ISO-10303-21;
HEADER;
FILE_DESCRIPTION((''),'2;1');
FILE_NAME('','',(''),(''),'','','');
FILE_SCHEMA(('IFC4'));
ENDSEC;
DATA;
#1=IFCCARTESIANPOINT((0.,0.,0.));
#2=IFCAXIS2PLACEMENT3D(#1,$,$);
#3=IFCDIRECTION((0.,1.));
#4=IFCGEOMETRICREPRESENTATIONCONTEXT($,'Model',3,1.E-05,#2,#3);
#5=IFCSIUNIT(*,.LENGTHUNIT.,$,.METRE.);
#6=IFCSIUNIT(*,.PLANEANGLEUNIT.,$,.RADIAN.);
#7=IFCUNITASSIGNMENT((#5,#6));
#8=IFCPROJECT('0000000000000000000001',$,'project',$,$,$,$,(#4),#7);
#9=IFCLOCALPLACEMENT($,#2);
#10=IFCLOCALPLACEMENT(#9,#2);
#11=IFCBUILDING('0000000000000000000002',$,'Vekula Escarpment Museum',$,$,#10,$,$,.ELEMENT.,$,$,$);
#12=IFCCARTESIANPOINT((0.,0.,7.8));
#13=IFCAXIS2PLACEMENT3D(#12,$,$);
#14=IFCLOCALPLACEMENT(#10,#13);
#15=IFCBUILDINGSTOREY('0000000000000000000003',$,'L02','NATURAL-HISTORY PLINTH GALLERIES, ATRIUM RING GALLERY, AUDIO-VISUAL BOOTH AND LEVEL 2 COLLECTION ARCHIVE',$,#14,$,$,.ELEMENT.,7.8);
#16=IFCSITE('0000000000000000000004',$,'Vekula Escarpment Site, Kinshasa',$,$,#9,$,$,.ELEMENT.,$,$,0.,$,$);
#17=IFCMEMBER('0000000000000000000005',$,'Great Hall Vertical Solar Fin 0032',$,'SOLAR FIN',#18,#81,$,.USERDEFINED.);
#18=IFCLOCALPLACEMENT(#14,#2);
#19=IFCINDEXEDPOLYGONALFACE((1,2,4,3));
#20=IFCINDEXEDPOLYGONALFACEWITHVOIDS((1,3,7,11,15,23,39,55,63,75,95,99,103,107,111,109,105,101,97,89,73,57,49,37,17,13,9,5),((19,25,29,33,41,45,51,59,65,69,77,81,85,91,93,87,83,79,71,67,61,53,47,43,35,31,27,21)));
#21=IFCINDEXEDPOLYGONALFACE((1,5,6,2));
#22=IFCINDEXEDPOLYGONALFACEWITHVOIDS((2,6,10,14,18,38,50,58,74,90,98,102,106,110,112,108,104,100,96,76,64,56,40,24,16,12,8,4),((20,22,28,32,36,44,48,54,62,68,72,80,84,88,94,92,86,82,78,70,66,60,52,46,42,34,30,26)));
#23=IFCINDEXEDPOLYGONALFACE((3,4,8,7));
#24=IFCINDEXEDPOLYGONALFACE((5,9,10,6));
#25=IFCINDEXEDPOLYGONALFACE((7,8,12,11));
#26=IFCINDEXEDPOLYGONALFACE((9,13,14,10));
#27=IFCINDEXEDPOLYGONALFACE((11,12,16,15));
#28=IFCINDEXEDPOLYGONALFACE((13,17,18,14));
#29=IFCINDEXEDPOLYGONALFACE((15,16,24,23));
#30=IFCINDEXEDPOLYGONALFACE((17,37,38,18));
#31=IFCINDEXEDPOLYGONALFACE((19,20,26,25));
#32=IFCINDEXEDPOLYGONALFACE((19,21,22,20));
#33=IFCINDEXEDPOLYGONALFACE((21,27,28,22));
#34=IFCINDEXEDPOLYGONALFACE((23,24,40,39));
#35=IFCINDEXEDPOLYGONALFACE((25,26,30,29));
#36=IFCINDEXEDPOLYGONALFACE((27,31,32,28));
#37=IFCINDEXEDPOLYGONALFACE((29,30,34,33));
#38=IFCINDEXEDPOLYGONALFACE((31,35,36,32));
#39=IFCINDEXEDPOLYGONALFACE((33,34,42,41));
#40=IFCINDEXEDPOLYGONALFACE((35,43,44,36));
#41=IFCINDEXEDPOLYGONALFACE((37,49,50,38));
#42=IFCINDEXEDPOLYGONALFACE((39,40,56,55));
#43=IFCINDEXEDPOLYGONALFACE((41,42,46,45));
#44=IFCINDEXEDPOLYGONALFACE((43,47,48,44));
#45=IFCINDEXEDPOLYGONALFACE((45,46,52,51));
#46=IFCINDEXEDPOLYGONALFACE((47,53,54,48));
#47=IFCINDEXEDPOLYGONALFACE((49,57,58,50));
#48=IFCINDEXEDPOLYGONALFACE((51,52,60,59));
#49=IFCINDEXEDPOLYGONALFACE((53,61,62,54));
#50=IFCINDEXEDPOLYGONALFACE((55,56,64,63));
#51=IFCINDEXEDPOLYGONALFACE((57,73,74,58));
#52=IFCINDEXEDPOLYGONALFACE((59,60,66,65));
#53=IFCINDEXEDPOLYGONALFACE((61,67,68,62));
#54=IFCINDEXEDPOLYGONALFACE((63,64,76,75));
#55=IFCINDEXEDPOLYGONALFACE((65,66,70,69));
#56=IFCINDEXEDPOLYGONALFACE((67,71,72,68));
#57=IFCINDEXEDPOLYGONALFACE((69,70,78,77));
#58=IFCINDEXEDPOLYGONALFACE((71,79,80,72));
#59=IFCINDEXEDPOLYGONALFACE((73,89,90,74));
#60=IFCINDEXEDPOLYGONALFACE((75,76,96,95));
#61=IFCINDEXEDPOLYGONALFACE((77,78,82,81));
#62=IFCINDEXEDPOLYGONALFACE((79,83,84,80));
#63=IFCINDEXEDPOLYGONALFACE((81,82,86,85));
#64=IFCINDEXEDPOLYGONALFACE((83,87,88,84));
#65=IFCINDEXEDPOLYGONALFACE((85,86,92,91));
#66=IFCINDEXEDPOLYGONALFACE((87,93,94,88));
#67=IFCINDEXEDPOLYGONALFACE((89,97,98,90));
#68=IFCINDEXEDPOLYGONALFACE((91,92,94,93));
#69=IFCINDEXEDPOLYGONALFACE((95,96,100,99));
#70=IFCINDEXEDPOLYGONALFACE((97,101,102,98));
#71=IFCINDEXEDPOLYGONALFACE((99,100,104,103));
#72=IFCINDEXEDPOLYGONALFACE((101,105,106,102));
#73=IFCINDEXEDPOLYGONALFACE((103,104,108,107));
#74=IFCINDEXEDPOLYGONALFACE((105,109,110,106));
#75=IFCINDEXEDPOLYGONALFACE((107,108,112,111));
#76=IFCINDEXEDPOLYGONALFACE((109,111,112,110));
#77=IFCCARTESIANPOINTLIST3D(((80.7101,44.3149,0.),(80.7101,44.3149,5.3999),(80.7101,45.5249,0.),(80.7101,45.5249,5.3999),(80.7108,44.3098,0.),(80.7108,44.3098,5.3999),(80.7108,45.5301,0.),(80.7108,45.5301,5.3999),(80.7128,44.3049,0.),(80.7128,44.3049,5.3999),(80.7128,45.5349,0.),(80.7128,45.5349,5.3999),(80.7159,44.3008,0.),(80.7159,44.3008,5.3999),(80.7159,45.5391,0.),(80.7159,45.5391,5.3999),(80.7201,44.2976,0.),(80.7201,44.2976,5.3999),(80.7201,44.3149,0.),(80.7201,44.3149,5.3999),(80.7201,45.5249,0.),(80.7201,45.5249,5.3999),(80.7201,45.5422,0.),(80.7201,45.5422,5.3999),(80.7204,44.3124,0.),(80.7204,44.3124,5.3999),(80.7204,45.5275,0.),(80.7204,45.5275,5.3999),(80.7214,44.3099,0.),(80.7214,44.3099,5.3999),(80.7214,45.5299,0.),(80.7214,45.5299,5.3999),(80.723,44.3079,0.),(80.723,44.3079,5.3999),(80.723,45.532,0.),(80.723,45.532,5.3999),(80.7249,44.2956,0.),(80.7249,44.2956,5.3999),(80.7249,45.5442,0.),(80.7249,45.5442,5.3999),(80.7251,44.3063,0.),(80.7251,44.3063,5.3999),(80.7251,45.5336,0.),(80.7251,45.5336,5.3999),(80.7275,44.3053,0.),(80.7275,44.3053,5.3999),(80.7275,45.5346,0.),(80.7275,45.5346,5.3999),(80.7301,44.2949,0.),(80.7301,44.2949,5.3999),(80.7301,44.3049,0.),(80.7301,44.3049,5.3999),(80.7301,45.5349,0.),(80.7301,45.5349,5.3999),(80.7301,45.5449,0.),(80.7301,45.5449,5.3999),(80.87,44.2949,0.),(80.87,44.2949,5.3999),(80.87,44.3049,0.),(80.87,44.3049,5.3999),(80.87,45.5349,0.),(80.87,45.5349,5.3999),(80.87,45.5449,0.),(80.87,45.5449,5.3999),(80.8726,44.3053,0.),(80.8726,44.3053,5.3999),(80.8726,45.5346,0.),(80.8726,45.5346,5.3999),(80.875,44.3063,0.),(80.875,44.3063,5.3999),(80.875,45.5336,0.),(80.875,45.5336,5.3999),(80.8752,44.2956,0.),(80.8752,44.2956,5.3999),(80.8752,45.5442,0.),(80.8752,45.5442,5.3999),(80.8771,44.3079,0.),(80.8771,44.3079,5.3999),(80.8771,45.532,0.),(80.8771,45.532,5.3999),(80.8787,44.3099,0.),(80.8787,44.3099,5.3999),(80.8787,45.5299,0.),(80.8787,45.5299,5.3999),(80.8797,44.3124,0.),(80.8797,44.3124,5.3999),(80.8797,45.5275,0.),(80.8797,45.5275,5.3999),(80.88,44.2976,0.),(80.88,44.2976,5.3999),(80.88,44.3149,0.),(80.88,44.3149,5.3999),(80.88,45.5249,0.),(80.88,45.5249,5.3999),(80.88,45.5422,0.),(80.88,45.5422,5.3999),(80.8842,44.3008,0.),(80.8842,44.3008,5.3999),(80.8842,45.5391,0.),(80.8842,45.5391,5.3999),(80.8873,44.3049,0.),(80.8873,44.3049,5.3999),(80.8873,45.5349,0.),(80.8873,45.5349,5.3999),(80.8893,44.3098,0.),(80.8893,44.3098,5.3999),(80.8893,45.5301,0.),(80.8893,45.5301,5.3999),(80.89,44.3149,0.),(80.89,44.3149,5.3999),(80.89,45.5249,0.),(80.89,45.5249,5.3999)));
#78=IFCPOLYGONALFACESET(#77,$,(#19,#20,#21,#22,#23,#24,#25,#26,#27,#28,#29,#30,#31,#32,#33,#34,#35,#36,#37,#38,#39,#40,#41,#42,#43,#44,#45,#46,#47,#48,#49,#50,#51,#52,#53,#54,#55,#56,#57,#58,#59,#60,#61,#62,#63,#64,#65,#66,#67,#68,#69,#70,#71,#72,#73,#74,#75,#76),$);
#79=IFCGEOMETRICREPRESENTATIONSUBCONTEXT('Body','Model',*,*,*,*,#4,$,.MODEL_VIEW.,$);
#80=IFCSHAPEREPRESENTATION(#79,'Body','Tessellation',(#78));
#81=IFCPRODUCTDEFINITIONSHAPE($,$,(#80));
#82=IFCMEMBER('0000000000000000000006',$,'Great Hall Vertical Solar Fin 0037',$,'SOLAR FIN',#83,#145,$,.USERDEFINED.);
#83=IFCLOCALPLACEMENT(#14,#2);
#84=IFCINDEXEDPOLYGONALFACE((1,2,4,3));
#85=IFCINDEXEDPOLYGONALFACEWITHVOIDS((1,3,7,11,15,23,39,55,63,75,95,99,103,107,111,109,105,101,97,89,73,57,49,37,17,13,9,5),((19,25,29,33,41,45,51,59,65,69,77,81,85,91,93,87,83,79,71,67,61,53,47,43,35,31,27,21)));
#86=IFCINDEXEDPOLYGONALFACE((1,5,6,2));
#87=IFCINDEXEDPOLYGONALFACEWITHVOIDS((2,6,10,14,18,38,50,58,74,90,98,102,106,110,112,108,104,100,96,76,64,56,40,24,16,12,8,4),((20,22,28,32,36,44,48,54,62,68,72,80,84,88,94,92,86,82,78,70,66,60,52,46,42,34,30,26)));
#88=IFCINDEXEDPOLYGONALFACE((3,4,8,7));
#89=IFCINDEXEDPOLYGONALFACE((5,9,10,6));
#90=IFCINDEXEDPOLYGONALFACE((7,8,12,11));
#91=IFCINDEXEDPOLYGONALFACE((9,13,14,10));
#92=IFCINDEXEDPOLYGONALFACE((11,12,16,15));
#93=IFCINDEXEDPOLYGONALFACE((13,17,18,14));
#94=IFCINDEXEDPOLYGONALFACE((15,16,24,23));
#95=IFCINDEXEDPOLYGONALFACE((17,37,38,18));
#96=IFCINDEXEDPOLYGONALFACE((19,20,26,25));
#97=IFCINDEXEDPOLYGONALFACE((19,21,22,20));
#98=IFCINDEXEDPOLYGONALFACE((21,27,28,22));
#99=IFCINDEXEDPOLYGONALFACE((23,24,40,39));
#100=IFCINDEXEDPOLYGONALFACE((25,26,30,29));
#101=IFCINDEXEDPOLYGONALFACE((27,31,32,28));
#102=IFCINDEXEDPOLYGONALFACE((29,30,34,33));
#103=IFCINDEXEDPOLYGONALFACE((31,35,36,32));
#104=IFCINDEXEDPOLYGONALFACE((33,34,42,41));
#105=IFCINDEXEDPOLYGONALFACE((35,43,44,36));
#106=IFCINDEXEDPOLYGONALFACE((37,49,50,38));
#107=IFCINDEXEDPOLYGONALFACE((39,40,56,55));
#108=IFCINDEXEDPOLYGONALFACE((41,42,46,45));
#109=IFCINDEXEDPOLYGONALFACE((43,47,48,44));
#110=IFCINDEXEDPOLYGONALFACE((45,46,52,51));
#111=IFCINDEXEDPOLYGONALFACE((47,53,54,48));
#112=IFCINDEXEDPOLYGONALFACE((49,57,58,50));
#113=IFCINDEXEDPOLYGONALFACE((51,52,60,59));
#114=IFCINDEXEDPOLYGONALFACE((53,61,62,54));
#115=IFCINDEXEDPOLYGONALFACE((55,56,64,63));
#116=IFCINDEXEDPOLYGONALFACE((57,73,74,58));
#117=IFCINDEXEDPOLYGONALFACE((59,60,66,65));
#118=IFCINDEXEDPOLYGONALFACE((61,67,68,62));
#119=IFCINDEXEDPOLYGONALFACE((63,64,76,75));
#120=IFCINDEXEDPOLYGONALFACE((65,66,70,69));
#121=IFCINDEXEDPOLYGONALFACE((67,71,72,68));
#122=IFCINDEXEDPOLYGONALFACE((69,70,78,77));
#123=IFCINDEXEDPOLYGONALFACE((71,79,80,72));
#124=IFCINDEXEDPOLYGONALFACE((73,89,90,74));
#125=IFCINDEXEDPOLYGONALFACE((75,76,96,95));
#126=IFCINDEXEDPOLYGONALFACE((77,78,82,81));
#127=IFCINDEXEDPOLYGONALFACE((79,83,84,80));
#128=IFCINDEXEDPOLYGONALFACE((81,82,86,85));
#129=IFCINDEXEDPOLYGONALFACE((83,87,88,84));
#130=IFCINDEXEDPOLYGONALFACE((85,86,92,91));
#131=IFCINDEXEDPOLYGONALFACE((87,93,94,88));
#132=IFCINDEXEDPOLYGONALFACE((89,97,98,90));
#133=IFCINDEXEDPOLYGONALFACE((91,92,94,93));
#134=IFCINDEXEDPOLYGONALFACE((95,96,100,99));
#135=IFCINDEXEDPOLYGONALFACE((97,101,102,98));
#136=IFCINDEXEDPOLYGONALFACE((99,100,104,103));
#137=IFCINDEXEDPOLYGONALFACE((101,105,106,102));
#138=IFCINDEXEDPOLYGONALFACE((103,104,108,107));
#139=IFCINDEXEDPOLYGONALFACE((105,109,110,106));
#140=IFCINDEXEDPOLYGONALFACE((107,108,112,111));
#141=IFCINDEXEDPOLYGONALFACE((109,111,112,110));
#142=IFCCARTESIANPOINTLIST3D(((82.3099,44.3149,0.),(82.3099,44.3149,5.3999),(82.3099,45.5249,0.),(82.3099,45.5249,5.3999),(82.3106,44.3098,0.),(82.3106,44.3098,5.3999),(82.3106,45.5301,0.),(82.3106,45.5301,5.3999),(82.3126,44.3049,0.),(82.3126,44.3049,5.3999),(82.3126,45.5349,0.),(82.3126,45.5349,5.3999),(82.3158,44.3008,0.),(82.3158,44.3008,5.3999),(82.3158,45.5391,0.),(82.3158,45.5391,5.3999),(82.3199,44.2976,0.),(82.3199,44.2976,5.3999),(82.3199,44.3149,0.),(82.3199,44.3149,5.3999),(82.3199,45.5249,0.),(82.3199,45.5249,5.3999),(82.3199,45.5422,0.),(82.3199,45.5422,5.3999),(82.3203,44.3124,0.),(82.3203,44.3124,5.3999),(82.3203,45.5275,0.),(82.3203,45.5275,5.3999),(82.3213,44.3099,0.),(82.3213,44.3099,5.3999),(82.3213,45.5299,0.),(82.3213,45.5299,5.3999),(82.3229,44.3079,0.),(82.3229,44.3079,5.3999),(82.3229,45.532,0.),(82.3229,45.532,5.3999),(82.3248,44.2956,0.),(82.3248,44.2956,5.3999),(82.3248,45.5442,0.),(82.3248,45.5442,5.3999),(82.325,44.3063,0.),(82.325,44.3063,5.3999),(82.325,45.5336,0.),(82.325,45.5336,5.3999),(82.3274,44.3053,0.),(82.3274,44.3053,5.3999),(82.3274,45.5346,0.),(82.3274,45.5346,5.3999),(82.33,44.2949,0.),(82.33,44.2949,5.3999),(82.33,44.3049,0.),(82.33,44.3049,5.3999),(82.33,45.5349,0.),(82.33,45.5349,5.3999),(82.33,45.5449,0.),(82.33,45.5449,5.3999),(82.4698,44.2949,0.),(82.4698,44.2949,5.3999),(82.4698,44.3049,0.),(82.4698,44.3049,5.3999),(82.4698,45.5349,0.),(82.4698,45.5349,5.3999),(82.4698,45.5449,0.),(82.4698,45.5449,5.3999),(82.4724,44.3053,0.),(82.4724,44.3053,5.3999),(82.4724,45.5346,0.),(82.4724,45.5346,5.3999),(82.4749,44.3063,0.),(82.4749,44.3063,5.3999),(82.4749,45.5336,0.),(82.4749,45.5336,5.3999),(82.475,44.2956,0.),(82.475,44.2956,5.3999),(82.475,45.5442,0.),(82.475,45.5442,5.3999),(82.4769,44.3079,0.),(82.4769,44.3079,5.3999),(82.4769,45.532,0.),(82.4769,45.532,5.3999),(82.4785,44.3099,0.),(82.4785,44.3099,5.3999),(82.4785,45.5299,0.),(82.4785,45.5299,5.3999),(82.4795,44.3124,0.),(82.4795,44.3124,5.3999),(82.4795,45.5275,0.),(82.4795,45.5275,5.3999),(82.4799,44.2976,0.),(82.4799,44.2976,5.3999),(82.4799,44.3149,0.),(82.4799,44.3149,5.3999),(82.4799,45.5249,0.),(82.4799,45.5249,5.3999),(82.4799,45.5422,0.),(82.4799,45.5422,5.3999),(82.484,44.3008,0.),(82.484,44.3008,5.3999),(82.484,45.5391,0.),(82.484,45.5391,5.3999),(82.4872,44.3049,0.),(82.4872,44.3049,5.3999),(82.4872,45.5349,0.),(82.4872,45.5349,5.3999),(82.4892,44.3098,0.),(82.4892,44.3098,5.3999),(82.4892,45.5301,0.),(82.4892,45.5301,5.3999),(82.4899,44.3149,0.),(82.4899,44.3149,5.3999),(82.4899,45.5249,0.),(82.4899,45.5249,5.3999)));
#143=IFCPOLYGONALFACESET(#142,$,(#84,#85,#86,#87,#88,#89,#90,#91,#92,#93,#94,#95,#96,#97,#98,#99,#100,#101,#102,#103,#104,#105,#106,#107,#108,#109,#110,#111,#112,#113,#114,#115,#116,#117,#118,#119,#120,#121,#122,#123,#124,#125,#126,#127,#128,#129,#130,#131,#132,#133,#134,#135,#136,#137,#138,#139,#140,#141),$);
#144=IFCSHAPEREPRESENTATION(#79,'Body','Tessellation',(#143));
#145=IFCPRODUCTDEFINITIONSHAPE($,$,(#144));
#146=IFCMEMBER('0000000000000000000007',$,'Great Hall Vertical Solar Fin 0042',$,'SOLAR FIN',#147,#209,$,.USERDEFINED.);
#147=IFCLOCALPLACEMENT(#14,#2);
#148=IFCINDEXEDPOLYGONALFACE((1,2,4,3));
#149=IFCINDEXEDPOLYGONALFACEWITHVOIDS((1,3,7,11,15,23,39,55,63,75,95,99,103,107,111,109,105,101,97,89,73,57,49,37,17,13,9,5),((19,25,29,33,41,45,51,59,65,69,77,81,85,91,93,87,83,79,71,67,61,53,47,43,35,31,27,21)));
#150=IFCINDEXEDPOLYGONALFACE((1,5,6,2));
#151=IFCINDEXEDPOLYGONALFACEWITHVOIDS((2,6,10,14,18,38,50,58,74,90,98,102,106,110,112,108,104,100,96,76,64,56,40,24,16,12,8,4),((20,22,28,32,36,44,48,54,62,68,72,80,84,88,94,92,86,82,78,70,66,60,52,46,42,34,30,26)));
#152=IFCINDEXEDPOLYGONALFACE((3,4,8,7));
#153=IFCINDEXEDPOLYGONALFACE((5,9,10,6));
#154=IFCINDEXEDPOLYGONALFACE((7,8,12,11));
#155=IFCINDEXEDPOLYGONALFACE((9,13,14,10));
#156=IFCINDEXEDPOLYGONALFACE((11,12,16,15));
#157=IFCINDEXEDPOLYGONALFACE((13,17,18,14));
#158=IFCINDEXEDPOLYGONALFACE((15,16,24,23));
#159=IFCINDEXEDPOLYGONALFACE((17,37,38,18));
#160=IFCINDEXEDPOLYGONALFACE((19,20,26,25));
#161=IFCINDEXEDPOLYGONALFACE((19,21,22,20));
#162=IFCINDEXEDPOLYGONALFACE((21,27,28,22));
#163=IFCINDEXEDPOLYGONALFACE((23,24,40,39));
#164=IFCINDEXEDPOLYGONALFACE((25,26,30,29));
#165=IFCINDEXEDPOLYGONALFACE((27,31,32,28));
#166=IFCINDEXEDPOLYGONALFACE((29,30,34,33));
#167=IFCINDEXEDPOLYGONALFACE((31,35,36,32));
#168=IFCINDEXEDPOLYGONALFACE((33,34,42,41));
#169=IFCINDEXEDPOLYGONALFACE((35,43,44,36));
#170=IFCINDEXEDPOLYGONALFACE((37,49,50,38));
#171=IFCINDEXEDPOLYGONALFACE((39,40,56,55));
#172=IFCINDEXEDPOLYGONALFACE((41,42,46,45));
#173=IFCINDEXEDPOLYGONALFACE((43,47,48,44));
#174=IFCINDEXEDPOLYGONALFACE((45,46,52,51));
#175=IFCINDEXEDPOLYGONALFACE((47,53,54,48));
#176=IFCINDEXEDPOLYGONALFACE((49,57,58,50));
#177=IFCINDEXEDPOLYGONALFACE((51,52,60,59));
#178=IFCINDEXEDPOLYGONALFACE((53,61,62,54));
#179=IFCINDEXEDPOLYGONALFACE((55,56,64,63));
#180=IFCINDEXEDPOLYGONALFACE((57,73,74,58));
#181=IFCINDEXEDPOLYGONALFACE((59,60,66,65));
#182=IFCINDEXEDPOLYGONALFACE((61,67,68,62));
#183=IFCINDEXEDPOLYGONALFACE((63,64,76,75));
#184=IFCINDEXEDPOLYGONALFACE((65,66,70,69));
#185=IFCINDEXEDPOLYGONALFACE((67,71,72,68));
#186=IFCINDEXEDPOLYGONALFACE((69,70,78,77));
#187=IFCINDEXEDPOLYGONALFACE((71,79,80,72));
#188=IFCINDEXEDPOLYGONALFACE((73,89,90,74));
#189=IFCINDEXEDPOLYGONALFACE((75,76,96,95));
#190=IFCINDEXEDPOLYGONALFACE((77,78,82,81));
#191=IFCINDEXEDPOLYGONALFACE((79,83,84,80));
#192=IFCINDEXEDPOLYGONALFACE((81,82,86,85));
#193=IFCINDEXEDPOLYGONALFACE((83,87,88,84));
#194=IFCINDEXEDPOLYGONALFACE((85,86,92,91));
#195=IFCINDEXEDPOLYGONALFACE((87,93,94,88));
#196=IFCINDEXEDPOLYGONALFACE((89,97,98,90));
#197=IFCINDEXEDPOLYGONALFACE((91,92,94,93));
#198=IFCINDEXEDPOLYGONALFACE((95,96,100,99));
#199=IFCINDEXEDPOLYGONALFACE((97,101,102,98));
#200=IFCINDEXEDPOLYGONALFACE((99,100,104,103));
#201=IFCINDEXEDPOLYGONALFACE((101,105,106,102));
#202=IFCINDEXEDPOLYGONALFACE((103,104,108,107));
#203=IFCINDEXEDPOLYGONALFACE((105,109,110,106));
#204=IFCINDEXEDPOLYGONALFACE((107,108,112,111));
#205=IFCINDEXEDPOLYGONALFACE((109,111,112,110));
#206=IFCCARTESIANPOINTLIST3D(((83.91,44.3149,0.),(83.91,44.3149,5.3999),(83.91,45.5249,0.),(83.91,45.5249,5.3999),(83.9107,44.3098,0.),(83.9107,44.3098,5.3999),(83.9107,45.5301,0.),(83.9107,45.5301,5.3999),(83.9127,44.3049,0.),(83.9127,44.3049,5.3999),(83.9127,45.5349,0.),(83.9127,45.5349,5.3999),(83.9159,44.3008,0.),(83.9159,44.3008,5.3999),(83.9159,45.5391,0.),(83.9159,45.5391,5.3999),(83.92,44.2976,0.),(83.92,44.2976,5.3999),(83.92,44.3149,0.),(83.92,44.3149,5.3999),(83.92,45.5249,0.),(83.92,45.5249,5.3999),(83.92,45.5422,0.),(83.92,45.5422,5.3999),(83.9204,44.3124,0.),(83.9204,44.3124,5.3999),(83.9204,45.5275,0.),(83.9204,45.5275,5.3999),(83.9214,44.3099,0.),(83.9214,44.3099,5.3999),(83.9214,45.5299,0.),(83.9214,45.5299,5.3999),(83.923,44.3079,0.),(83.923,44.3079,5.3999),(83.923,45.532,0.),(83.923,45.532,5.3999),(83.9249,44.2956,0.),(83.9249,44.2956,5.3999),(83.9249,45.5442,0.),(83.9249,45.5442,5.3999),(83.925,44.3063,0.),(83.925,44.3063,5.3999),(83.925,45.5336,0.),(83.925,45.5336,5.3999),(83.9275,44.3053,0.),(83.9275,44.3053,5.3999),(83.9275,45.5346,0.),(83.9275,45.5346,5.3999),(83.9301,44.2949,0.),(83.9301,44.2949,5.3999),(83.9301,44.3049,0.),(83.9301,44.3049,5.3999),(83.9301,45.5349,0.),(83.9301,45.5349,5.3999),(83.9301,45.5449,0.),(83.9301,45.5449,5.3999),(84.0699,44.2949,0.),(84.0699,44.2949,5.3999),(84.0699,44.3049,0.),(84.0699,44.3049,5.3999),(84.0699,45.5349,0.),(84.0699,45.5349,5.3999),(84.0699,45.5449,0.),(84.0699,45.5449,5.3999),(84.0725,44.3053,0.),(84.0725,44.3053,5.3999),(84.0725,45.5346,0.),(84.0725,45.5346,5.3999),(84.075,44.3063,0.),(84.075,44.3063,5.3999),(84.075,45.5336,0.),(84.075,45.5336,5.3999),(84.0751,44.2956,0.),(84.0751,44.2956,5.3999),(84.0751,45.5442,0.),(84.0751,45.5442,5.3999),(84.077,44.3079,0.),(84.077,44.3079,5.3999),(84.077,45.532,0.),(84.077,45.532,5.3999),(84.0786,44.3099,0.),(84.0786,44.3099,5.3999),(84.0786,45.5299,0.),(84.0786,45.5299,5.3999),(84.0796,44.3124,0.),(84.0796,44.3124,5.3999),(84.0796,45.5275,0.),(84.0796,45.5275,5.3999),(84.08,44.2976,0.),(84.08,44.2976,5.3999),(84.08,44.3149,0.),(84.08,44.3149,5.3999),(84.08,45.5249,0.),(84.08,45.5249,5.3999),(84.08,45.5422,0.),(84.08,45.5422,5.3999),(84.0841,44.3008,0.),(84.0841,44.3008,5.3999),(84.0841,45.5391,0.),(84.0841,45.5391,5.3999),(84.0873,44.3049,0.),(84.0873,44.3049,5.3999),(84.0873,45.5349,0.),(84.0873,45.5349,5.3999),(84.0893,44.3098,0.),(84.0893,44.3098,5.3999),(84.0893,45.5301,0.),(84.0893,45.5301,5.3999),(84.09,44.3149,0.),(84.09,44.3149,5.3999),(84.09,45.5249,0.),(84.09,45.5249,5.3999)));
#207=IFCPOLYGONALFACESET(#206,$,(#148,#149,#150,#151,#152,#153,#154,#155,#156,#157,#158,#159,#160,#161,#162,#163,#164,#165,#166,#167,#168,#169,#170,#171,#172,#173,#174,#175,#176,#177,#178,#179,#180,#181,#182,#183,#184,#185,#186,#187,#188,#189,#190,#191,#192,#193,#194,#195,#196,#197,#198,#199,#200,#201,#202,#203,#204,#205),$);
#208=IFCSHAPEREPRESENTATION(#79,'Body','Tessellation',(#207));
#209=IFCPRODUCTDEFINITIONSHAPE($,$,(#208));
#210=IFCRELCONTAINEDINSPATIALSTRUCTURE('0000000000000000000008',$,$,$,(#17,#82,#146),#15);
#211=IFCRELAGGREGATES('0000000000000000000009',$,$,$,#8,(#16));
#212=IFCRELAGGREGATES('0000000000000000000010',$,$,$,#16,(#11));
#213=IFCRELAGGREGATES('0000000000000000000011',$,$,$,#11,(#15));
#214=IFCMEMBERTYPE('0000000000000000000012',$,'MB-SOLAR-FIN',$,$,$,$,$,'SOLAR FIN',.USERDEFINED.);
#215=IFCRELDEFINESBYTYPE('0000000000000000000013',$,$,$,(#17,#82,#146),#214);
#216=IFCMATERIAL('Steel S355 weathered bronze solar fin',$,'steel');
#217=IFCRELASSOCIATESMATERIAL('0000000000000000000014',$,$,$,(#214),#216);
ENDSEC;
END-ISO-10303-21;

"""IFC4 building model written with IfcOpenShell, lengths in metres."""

from ifc_helpers import new_model, si_unit, direction, frame, origin, origin_2d, place, context, subcontext, project, spatial, hollow_rectangle, extrude, material, material_profile, profile_set, type_object, element, save


model = new_model("IFC4")

# Units and contexts
model_context = context("Model", 3, precision=1e-05, world=origin(), true_north=direction((0.0, 1.0)))
body_context = subcontext(model_context, "Body", "Model", "MODEL_VIEW")
ifc_project = project(units=[si_unit("LENGTHUNIT", "METRE"), si_unit("PLANEANGLEUNIT", "RADIAN")], contexts=[model_context])

# Site, building, storey
site_placement = place(None, origin())
site = spatial("IfcSite", under=ifc_project, at=site_placement, Name="Vekula Escarpment Site, Kinshasa", CompositionType="ELEMENT", RefElevation=0.0)
building_placement = place(site_placement, origin())
building = spatial("IfcBuilding", under=site, at=building_placement, Name="Vekula Escarpment Museum", CompositionType="ELEMENT")
storey_placement = place(building_placement, frame((0.0, 0.0, 7.8)))
storey = spatial("IfcBuildingStorey", under=building, at=storey_placement, Name="L02", Description="NATURAL-HISTORY PLINTH GALLERIES, ATRIUM RING GALLERY, AUDIO-VISUAL BOOTH AND LEVEL 2 COLLECTION ARCHIVE", CompositionType="ELEMENT", Elevation=7.8)

# Members
ifc_material_1 = material(Name="Steel S355 weathered bronze solar fin", Category="steel")
ifc_material_profile_1 = material_profile(ifc_material_1, hollow_rectangle(XDim=0.1799, YDim=1.25, WallThickness=0.01, InnerFilletRadius=0.01, OuterFilletRadius=0.02, at=origin_2d()), Name="RHS 1250x180x10")
ifc_profile_set_1 = profile_set([ifc_material_profile_1], Name="Steel S355 weathered bronze solar fin")
member_type_1 = type_object("IfcMemberType", Name="MB-SOLAR-FIN", ElementType="SOLAR FIN", PredefinedType="USERDEFINED", material=ifc_profile_set_1)
for number, where, z_axis, x_axis, name in (
    (1, (80.8, 44.9199, 0.0), (0.0, 0.0, 1.0), (1.0, 0.0, 0.0), "Great Hall Vertical Solar Fin 0032"),
    (2, (82.3999, 44.9199, 0.0), (0.0, 0.0, 1.0), (1.0, 0.0, 0.0), "Great Hall Vertical Solar Fin 0037"),
    (3, (84.0, 44.9199, 0.0), (0.0, 0.0, 1.0), (1.0, 0.0, 0.0), "Great Hall Vertical Solar Fin 0042"),
):
    element("IfcMember", number, at=place(storey_placement, frame(where, z_axis=z_axis, x_axis=x_axis)), inside=storey, type_object=member_type_1, Name=name, ObjectType="SOLAR FIN", PredefinedType="USERDEFINED", context=body_context, shape_type="SweptSolid", body=[
        extrude(hollow_rectangle(XDim=0.1799, YDim=1.25, WallThickness=0.01, InnerFilletRadius=0.01, OuterFilletRadius=0.02, at=origin_2d()), origin(), (0.0, 0.0, 1.0), 5.3999),
    ])

save(model, "model.ifc")
